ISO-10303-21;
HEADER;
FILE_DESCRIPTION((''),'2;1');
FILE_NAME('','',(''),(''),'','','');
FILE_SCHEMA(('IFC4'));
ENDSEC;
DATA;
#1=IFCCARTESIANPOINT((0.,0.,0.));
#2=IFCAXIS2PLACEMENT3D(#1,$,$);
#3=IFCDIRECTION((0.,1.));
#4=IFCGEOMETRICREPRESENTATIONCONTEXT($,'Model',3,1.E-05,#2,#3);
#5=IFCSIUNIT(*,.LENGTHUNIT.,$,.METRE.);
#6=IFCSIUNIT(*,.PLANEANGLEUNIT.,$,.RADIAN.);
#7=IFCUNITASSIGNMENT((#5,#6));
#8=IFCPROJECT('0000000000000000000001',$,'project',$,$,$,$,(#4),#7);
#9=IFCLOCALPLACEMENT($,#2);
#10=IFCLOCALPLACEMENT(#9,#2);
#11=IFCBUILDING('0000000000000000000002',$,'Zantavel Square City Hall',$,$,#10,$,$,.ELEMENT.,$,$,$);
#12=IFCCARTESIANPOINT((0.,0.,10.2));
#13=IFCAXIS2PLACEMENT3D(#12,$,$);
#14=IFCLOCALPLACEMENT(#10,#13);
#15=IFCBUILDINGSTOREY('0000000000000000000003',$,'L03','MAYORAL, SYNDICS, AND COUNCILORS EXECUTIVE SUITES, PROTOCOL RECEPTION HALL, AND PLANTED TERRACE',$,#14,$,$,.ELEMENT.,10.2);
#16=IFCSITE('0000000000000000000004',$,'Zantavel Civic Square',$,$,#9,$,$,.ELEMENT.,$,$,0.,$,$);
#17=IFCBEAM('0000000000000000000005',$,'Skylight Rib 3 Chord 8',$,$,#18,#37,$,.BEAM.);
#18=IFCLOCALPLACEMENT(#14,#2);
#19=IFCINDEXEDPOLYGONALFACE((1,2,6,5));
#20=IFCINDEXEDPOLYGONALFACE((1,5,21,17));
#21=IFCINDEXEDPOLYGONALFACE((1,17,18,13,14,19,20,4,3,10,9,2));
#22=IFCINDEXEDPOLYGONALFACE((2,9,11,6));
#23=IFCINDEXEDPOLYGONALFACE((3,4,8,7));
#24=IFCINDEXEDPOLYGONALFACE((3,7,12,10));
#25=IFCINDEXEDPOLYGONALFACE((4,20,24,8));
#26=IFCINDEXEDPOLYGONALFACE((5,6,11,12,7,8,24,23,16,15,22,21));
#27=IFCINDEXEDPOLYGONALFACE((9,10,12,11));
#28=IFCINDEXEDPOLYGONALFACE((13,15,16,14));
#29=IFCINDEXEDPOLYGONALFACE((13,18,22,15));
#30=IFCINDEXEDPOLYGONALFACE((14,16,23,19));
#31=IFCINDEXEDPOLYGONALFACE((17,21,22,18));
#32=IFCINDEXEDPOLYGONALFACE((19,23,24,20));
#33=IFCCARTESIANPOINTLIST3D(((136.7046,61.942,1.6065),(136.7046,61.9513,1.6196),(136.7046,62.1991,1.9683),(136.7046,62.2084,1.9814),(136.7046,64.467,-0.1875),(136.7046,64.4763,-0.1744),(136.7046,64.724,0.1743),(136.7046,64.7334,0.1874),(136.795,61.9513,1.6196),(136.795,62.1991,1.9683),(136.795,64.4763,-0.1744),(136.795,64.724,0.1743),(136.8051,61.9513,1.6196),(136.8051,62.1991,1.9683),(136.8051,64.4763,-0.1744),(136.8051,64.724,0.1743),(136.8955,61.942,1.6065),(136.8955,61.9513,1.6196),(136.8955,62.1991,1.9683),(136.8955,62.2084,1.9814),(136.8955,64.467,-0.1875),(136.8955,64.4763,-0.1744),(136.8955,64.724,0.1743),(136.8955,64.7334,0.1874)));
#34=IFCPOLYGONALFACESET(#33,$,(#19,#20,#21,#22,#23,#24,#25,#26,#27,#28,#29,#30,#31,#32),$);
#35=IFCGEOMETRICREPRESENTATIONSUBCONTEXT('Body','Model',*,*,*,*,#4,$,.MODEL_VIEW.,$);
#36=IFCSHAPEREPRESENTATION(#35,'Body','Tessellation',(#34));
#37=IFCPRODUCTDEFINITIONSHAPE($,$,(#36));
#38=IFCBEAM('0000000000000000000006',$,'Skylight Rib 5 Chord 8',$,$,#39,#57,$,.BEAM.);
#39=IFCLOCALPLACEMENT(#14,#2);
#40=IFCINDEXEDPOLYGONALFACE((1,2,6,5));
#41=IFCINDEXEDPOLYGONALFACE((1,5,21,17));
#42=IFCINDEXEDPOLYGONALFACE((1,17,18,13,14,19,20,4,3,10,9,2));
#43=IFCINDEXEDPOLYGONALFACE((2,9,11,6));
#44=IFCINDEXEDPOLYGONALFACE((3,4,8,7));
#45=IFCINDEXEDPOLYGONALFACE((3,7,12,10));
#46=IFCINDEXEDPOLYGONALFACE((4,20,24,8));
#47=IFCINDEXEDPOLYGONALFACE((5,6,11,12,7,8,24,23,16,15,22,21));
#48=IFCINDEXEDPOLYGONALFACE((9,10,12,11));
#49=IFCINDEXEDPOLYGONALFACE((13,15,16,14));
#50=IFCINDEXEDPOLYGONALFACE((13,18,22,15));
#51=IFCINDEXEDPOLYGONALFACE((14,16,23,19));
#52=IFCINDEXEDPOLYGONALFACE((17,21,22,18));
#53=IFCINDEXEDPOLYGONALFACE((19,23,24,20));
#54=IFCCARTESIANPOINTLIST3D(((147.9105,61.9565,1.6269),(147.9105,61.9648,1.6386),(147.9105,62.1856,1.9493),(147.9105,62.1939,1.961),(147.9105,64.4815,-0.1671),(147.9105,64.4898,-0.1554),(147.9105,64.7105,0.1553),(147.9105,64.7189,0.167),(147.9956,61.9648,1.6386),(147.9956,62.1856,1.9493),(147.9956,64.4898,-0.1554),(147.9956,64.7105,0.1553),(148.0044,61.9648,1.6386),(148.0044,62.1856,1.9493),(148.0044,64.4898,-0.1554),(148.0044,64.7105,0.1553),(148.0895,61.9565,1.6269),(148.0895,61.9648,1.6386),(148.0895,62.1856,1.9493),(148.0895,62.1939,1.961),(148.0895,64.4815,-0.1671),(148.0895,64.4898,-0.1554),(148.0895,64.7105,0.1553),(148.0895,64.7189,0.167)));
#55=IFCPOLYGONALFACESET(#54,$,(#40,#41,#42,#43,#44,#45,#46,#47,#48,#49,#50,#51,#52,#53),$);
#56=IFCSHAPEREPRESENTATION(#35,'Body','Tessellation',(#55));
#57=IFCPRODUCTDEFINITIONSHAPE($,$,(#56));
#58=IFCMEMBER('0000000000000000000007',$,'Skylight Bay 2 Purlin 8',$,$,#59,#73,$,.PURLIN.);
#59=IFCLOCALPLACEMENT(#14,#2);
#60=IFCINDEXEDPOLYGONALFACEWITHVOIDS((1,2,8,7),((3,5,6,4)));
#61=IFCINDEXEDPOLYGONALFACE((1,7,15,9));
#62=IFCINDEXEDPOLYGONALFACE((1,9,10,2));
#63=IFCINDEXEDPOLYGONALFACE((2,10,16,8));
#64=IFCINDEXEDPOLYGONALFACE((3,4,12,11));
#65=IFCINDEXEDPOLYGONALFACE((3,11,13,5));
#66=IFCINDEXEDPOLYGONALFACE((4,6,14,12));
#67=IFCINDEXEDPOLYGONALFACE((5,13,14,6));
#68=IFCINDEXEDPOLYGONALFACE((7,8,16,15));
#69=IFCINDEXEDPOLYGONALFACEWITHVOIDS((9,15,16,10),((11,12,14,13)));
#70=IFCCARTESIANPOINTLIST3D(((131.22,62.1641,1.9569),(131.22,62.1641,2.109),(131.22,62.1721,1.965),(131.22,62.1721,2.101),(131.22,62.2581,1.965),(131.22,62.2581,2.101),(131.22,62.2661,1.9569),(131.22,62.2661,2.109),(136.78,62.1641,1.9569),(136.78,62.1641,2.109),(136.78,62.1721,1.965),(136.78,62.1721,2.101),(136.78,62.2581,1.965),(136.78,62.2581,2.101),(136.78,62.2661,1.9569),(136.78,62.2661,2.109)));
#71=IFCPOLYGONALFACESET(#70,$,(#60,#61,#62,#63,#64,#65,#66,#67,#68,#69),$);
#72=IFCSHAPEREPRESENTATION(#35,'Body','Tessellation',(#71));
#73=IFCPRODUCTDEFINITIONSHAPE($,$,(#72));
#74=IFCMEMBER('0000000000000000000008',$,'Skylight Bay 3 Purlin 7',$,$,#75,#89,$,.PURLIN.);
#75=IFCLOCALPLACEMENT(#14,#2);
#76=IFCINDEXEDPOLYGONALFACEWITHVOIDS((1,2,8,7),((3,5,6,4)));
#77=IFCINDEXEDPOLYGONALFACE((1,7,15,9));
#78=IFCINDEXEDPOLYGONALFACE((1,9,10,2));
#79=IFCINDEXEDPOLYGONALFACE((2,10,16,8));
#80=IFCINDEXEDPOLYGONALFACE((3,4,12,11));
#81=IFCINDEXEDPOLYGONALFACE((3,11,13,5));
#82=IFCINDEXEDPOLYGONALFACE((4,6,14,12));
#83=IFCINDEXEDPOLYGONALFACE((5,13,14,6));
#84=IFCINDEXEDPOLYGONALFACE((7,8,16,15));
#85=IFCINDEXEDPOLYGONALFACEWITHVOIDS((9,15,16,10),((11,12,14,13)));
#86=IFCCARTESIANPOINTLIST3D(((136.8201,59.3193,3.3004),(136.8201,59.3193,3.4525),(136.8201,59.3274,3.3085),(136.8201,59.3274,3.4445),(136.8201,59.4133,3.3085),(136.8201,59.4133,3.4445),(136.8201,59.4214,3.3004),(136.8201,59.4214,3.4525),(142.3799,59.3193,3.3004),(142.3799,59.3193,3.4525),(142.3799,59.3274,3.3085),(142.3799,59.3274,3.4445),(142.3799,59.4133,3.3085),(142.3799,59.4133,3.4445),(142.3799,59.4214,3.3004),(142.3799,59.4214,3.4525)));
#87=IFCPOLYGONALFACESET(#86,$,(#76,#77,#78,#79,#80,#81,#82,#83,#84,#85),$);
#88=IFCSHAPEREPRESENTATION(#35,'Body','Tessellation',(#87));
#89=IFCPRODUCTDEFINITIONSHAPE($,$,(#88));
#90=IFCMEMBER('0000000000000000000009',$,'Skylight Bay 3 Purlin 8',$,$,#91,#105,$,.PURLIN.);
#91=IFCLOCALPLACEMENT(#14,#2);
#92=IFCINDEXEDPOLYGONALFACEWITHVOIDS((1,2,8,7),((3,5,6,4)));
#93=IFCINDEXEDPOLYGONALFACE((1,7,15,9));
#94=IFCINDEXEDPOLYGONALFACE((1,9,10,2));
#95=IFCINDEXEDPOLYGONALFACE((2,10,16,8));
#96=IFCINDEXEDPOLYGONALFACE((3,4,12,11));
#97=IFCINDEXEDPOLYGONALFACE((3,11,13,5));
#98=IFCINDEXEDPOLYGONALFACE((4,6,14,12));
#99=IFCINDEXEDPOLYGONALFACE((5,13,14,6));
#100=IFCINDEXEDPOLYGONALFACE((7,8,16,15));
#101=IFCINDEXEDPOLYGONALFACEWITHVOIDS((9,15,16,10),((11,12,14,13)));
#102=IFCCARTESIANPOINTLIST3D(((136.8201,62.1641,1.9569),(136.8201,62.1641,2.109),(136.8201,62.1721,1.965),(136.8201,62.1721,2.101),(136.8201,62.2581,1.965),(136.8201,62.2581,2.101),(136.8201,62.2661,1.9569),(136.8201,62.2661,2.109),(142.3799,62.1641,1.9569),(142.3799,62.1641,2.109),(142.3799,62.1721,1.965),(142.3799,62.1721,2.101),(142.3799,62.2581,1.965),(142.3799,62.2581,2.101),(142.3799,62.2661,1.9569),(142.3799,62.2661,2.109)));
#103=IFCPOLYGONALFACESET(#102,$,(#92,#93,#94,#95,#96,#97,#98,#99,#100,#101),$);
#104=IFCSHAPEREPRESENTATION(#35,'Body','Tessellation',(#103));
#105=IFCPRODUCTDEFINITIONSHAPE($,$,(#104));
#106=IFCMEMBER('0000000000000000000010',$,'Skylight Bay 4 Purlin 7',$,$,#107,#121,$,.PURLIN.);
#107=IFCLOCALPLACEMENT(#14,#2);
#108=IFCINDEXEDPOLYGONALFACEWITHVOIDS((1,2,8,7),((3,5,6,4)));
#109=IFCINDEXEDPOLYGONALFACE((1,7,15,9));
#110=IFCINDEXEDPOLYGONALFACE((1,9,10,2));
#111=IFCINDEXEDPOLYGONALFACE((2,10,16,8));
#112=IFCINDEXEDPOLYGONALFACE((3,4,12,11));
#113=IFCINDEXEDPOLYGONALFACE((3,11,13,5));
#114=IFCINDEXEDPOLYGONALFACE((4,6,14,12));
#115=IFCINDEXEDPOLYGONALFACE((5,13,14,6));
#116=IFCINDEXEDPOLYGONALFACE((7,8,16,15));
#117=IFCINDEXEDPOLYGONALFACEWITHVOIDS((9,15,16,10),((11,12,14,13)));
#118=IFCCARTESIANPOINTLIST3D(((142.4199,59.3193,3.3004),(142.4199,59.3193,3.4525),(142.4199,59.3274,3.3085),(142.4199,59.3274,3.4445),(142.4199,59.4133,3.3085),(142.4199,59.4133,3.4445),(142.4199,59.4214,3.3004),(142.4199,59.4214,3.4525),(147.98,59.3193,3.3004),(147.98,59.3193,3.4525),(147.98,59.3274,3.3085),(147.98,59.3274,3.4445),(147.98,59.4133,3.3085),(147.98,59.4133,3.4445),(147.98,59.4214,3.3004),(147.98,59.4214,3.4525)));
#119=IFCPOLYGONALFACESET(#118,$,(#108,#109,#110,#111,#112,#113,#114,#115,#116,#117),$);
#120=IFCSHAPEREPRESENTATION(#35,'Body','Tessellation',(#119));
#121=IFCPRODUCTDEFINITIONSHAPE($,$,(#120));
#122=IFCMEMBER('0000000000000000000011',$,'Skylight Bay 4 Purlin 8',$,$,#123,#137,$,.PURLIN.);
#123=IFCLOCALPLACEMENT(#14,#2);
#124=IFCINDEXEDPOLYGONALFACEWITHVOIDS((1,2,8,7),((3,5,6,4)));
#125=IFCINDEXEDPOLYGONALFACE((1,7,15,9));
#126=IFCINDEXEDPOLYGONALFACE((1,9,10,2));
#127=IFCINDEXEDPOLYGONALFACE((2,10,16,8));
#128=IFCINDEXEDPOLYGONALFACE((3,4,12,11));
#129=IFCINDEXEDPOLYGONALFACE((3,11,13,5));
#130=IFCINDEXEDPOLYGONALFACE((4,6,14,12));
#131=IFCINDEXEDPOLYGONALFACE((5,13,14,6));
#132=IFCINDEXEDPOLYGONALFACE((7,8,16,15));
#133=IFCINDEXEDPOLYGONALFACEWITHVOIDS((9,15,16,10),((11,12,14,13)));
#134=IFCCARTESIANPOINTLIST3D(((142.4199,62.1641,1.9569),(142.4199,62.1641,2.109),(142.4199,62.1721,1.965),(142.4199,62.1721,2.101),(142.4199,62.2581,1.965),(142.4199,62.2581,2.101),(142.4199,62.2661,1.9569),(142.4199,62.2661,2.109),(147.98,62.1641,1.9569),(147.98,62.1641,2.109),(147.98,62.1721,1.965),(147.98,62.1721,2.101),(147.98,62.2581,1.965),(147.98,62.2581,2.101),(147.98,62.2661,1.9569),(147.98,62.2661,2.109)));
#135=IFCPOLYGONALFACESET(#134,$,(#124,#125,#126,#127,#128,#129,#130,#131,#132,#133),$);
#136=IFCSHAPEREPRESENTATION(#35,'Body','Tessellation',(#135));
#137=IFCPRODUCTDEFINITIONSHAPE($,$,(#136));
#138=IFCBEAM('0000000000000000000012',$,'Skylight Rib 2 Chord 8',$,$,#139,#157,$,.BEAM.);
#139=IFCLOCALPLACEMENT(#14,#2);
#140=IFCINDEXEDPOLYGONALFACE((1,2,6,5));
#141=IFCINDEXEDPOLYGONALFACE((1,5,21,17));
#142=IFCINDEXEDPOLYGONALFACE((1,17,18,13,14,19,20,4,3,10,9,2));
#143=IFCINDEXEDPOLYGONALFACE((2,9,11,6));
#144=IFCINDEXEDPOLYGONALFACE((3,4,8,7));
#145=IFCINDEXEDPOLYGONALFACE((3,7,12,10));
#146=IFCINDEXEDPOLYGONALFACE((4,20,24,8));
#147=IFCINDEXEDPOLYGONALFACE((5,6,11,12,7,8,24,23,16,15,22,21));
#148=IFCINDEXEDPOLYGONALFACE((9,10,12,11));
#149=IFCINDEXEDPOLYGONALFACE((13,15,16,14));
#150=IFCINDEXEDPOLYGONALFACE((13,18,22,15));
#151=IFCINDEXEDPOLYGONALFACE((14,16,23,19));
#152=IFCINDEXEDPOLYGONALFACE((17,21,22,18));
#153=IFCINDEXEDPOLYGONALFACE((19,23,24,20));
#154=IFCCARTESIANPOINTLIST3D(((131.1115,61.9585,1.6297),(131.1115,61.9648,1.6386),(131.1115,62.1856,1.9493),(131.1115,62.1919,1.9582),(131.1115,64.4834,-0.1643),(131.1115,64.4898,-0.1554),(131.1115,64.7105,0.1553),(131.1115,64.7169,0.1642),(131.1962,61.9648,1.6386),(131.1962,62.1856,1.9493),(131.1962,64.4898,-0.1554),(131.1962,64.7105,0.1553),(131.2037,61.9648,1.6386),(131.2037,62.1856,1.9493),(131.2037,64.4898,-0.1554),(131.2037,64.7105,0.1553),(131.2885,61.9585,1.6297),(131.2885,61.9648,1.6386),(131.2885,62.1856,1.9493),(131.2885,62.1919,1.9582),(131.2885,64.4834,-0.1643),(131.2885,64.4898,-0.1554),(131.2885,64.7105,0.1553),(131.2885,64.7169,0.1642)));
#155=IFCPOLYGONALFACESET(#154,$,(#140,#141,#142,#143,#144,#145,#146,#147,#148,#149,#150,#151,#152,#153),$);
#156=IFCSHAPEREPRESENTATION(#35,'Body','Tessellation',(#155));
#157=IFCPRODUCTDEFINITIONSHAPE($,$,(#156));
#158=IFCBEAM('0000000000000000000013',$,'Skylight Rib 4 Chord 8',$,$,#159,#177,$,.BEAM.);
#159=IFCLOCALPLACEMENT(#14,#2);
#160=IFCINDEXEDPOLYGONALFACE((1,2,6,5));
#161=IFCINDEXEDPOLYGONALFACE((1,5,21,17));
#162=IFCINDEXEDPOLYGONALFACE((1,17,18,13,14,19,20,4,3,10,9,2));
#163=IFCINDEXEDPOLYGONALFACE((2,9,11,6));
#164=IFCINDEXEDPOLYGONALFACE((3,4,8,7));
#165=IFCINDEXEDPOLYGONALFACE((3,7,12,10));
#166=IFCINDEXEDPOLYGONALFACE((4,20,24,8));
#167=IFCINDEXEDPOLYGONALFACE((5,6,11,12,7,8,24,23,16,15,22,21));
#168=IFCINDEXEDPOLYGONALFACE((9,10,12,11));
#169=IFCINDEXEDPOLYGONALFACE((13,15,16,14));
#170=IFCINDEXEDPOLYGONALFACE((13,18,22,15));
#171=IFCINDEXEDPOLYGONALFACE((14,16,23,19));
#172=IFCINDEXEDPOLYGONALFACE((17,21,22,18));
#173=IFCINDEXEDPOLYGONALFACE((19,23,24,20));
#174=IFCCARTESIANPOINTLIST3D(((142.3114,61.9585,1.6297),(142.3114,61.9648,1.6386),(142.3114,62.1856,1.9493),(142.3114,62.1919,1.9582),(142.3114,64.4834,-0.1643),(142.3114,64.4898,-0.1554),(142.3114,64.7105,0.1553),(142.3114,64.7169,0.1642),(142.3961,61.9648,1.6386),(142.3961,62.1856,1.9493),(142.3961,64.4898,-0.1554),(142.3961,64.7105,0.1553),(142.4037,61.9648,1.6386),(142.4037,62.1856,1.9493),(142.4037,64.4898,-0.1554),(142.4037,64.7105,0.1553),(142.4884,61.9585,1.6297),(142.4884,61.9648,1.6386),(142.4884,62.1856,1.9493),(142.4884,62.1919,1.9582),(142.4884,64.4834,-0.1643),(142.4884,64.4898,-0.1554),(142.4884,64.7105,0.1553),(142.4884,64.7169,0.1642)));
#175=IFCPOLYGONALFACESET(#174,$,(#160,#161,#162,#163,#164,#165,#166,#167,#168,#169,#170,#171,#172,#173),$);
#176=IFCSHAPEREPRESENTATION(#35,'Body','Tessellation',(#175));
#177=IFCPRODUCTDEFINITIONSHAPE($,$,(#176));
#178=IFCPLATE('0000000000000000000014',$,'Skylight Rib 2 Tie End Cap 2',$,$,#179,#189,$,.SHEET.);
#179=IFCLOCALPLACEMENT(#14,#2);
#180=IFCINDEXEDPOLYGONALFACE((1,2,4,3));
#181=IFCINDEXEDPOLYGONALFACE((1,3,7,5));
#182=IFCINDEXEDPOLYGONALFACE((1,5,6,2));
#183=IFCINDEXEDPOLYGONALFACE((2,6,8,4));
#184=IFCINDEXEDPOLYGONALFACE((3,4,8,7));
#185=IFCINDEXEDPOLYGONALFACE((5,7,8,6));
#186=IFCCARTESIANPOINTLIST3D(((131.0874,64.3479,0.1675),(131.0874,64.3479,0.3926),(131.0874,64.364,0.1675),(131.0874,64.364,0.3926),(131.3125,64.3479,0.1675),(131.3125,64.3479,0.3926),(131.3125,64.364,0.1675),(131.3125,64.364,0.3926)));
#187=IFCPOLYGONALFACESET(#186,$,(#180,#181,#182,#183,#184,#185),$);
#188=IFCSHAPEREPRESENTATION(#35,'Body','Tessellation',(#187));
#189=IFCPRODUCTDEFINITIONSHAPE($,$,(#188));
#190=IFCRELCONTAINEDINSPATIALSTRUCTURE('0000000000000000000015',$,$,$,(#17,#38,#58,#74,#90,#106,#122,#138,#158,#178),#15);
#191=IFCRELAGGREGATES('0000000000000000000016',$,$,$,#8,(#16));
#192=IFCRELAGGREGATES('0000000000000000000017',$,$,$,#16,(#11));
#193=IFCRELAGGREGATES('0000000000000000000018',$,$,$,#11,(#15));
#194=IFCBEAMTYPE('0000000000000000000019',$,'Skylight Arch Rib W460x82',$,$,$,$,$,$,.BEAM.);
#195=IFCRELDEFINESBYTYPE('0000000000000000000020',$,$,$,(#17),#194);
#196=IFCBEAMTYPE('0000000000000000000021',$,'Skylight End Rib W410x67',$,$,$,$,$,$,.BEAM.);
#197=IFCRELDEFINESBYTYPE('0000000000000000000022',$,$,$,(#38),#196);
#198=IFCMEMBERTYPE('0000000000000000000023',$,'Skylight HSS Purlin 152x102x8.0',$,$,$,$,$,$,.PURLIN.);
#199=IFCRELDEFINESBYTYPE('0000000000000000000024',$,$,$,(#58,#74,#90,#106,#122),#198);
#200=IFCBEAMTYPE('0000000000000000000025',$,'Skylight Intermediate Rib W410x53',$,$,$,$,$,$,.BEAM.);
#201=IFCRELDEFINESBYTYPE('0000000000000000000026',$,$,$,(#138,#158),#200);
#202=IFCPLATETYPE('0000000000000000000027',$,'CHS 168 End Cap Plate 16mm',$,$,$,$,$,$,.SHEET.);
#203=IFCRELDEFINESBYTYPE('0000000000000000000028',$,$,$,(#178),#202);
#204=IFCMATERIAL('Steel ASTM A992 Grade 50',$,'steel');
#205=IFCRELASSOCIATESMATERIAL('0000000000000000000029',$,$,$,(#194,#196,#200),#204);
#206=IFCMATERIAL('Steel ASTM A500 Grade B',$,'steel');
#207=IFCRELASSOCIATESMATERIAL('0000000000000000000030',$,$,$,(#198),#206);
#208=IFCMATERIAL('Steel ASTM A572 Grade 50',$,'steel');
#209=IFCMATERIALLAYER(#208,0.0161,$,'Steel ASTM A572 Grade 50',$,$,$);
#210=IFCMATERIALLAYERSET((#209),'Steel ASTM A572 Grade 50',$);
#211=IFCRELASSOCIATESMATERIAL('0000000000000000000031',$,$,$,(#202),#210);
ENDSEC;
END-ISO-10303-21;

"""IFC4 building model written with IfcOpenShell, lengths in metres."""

from ifc_helpers import new_model, si_unit, direction, frame, origin, origin_2d, place, context, subcontext, project, spatial, rectangle, hollow_rectangle, i_section, extrude, material, layer, layer_set, material_profile, profile_set, type_object, element, save


model = new_model("IFC4")

# Units and contexts
model_context = context("Model", 3, precision=1e-05, world=origin(), true_north=direction((0.0, 1.0)))
body_context = subcontext(model_context, "Body", "Model", "MODEL_VIEW")
ifc_project = project(units=[si_unit("LENGTHUNIT", "METRE"), si_unit("PLANEANGLEUNIT", "RADIAN")], contexts=[model_context])

# Site, building, storey
site_placement = place(None, origin())
site = spatial("IfcSite", under=ifc_project, at=site_placement, Name="Zantavel Civic Square", CompositionType="ELEMENT", RefElevation=0.0)
building_placement = place(site_placement, origin())
building = spatial("IfcBuilding", under=site, at=building_placement, Name="Zantavel Square City Hall", CompositionType="ELEMENT")
storey_placement = place(building_placement, frame((0.0, 0.0, 10.2)))
storey = spatial("IfcBuildingStorey", under=building, at=storey_placement, Name="L03", Description="MAYORAL, SYNDICS, AND COUNCILORS EXECUTIVE SUITES, PROTOCOL RECEPTION HALL, AND PLANTED TERRACE", CompositionType="ELEMENT", Elevation=10.2)

# Beams
ifc_material_1 = material(Name="Steel ASTM A992 Grade 50", Category="steel")
ifc_material_profile_1 = material_profile(ifc_material_1, i_section(OverallWidth=0.1909, OverallDepth=0.46, WebThickness=0.01, FlangeThickness=0.0161, at=origin_2d()), Name="W460x82")
ifc_profile_set_1 = profile_set([ifc_material_profile_1], Name="Steel ASTM A992 Grade 50")
beam_type_1 = type_object("IfcBeamType", Name="Skylight Arch Rib W460x82", PredefinedType="BEAM", material=ifc_profile_set_1)
beam_1_placement = place(storey_placement, frame((136.8, 62.0752, 1.7939), z_axis=(0.0, 0.81519, -0.579193), x_axis=(-1.0, 0.0, 0.0)))
element("IfcBeam", 1, at=beam_1_placement, inside=storey, type_object=beam_type_1, Name="Skylight Rib 3 Chord 8", PredefinedType="BEAM", context=body_context, shape_type="SweptSolid", body=[
    extrude(i_section(OverallWidth=0.1909, OverallDepth=0.46, WebThickness=0.01, FlangeThickness=0.0161, at=origin_2d()), origin(), (0.0, 0.0, 1.0), 3.0974),
])
ifc_material_profile_2 = material_profile(ifc_material_1, i_section(OverallWidth=0.179, OverallDepth=0.4099, WebThickness=0.0088, FlangeThickness=0.0144, at=origin_2d()), Name="W410x67")
ifc_profile_set_2 = profile_set([ifc_material_profile_2], Name="Steel ASTM A992 Grade 50")
beam_type_2 = type_object("IfcBeamType", Name="Skylight End Rib W410x67", PredefinedType="BEAM", material=ifc_profile_set_2)
beam_2_placement = place(storey_placement, frame((148.0, 62.0752, 1.7939), z_axis=(0.0, 0.81519, -0.579193), x_axis=(-1.0, 0.0, 0.0)))
element("IfcBeam", 2, at=beam_2_placement, inside=storey, type_object=beam_type_2, Name="Skylight Rib 5 Chord 8", PredefinedType="BEAM", context=body_context, shape_type="SweptSolid", body=[
    extrude(i_section(OverallWidth=0.179, OverallDepth=0.4099, WebThickness=0.0088, FlangeThickness=0.0144, at=origin_2d()), origin(), (0.0, 0.0, 1.0), 3.0974),
])

# Members
ifc_material_2 = material(Name="Steel ASTM A500 Grade B", Category="steel")
ifc_material_profile_3 = material_profile(ifc_material_2, hollow_rectangle(XDim=0.1021, YDim=0.1521, WallThickness=0.0081, at=origin_2d()), Name="HSS 152x102x8.0")
ifc_profile_set_3 = profile_set([ifc_material_profile_3], Name="Steel ASTM A500 Grade B")
member_type = type_object("IfcMemberType", Name="Skylight HSS Purlin 152x102x8.0", PredefinedType="PURLIN", material=ifc_profile_set_3)
member_placement = place(storey_placement, frame((131.22, 62.2151, 2.033), z_axis=(1.0, 0.0, 0.0), x_axis=(0.0, 1.0, 0.0)))
element("IfcMember", 3, at=member_placement, inside=storey, type_object=member_type, Name="Skylight Bay 2 Purlin 8", PredefinedType="PURLIN", context=body_context, shape_type="SweptSolid", body=[
    extrude(hollow_rectangle(XDim=0.1021, YDim=0.1521, WallThickness=0.0081, at=origin_2d()), origin(), (0.0, 0.0, 1.0), 5.5601),
])
for number, where, z_axis, x_axis, name in (
    (4, (136.8201, 59.3704, 3.3765), (1.0, 0.0, 0.0), (0.0, 1.0, 0.0), "Skylight Bay 3 Purlin 7"),
    (5, (136.8201, 62.2151, 2.033), (1.0, 0.0, 0.0), (0.0, 1.0, 0.0), "Skylight Bay 3 Purlin 8"),
):
    element("IfcMember", number, at=place(storey_placement, frame(where, z_axis=z_axis, x_axis=x_axis)), inside=storey, type_object=member_type, Name=name, PredefinedType="PURLIN", context=body_context, shape_type="SweptSolid", body=[
        extrude(hollow_rectangle(XDim=0.1021, YDim=0.1521, WallThickness=0.0081, at=origin_2d()), origin(), (0.0, 0.0, 1.0), 5.5598),
    ])
for number, where, z_axis, x_axis, name in (
    (6, (142.4199, 59.3704, 3.3765), (1.0, 0.0, 0.0), (0.0, 1.0, 0.0), "Skylight Bay 4 Purlin 7"),
    (7, (142.4199, 62.2151, 2.033), (1.0, 0.0, 0.0), (0.0, 1.0, 0.0), "Skylight Bay 4 Purlin 8"),
):
    element("IfcMember", number, at=place(storey_placement, frame(where, z_axis=z_axis, x_axis=x_axis)), inside=storey, type_object=member_type, Name=name, PredefinedType="PURLIN", context=body_context, shape_type="SweptSolid", body=[
        extrude(hollow_rectangle(XDim=0.1021, YDim=0.1521, WallThickness=0.0081, at=origin_2d()), origin(), (0.0, 0.0, 1.0), 5.5601),
    ])

# Beams
ifc_material_profile_4 = material_profile(ifc_material_1, i_section(OverallWidth=0.177, OverallDepth=0.4031, WebThickness=0.0076, FlangeThickness=0.011, at=origin_2d()), Name="W410x53")
ifc_profile_set_4 = profile_set([ifc_material_profile_4], Name="Steel ASTM A992 Grade 50")
beam_type_3 = type_object("IfcBeamType", Name="Skylight Intermediate Rib W410x53", PredefinedType="BEAM", material=ifc_profile_set_4)
for number, where, z_axis, x_axis, name in (
    (8, (131.2, 62.0752, 1.7939), (0.0, 0.81519, -0.579193), (-1.0, 0.0, 0.0), "Skylight Rib 2 Chord 8"),
    (9, (142.3999, 62.0752, 1.7939), (0.0, 0.81519, -0.579193), (-1.0, 0.0, 0.0), "Skylight Rib 4 Chord 8"),
):
    element("IfcBeam", number, at=place(storey_placement, frame(where, z_axis=z_axis, x_axis=x_axis)), inside=storey, type_object=beam_type_3, Name=name, PredefinedType="BEAM", context=body_context, shape_type="SweptSolid", body=[
        extrude(i_section(OverallWidth=0.177, OverallDepth=0.4031, WebThickness=0.0076, FlangeThickness=0.011, at=origin_2d()), origin(), (0.0, 0.0, 1.0), 3.0974),
    ])

# Plate
ifc_material_3 = material(Name="Steel ASTM A572 Grade 50", Category="steel")
ifc_layer_1 = layer(ifc_material_3, 0.0161, Name="Steel ASTM A572 Grade 50")
ifc_layer_set_1 = layer_set([ifc_layer_1], Name="Steel ASTM A572 Grade 50")
plate_type_1 = type_object("IfcPlateType", Name="CHS 168 End Cap Plate 16mm", PredefinedType="SHEET", material=ifc_layer_set_1)
for number, where, z_axis, x_axis, name in (
    (10, (131.2, 64.356, 0.1675), (0.0, 0.0, 1.0), (0.0, 1.0, 0.0), "Skylight Rib 2 Tie End Cap 2"),
):
    element("IfcPlate", number, at=place(storey_placement, frame(where, z_axis=z_axis, x_axis=x_axis)), inside=storey, type_object=plate_type_1, Name=name, PredefinedType="SHEET", context=body_context, shape_type="SweptSolid", body=[
        extrude(rectangle(XDim=0.0161, YDim=0.2251, at=origin_2d()), origin(), (0.0, 0.0, 1.0), 0.2251),
    ])

save(model, "model.ifc")
